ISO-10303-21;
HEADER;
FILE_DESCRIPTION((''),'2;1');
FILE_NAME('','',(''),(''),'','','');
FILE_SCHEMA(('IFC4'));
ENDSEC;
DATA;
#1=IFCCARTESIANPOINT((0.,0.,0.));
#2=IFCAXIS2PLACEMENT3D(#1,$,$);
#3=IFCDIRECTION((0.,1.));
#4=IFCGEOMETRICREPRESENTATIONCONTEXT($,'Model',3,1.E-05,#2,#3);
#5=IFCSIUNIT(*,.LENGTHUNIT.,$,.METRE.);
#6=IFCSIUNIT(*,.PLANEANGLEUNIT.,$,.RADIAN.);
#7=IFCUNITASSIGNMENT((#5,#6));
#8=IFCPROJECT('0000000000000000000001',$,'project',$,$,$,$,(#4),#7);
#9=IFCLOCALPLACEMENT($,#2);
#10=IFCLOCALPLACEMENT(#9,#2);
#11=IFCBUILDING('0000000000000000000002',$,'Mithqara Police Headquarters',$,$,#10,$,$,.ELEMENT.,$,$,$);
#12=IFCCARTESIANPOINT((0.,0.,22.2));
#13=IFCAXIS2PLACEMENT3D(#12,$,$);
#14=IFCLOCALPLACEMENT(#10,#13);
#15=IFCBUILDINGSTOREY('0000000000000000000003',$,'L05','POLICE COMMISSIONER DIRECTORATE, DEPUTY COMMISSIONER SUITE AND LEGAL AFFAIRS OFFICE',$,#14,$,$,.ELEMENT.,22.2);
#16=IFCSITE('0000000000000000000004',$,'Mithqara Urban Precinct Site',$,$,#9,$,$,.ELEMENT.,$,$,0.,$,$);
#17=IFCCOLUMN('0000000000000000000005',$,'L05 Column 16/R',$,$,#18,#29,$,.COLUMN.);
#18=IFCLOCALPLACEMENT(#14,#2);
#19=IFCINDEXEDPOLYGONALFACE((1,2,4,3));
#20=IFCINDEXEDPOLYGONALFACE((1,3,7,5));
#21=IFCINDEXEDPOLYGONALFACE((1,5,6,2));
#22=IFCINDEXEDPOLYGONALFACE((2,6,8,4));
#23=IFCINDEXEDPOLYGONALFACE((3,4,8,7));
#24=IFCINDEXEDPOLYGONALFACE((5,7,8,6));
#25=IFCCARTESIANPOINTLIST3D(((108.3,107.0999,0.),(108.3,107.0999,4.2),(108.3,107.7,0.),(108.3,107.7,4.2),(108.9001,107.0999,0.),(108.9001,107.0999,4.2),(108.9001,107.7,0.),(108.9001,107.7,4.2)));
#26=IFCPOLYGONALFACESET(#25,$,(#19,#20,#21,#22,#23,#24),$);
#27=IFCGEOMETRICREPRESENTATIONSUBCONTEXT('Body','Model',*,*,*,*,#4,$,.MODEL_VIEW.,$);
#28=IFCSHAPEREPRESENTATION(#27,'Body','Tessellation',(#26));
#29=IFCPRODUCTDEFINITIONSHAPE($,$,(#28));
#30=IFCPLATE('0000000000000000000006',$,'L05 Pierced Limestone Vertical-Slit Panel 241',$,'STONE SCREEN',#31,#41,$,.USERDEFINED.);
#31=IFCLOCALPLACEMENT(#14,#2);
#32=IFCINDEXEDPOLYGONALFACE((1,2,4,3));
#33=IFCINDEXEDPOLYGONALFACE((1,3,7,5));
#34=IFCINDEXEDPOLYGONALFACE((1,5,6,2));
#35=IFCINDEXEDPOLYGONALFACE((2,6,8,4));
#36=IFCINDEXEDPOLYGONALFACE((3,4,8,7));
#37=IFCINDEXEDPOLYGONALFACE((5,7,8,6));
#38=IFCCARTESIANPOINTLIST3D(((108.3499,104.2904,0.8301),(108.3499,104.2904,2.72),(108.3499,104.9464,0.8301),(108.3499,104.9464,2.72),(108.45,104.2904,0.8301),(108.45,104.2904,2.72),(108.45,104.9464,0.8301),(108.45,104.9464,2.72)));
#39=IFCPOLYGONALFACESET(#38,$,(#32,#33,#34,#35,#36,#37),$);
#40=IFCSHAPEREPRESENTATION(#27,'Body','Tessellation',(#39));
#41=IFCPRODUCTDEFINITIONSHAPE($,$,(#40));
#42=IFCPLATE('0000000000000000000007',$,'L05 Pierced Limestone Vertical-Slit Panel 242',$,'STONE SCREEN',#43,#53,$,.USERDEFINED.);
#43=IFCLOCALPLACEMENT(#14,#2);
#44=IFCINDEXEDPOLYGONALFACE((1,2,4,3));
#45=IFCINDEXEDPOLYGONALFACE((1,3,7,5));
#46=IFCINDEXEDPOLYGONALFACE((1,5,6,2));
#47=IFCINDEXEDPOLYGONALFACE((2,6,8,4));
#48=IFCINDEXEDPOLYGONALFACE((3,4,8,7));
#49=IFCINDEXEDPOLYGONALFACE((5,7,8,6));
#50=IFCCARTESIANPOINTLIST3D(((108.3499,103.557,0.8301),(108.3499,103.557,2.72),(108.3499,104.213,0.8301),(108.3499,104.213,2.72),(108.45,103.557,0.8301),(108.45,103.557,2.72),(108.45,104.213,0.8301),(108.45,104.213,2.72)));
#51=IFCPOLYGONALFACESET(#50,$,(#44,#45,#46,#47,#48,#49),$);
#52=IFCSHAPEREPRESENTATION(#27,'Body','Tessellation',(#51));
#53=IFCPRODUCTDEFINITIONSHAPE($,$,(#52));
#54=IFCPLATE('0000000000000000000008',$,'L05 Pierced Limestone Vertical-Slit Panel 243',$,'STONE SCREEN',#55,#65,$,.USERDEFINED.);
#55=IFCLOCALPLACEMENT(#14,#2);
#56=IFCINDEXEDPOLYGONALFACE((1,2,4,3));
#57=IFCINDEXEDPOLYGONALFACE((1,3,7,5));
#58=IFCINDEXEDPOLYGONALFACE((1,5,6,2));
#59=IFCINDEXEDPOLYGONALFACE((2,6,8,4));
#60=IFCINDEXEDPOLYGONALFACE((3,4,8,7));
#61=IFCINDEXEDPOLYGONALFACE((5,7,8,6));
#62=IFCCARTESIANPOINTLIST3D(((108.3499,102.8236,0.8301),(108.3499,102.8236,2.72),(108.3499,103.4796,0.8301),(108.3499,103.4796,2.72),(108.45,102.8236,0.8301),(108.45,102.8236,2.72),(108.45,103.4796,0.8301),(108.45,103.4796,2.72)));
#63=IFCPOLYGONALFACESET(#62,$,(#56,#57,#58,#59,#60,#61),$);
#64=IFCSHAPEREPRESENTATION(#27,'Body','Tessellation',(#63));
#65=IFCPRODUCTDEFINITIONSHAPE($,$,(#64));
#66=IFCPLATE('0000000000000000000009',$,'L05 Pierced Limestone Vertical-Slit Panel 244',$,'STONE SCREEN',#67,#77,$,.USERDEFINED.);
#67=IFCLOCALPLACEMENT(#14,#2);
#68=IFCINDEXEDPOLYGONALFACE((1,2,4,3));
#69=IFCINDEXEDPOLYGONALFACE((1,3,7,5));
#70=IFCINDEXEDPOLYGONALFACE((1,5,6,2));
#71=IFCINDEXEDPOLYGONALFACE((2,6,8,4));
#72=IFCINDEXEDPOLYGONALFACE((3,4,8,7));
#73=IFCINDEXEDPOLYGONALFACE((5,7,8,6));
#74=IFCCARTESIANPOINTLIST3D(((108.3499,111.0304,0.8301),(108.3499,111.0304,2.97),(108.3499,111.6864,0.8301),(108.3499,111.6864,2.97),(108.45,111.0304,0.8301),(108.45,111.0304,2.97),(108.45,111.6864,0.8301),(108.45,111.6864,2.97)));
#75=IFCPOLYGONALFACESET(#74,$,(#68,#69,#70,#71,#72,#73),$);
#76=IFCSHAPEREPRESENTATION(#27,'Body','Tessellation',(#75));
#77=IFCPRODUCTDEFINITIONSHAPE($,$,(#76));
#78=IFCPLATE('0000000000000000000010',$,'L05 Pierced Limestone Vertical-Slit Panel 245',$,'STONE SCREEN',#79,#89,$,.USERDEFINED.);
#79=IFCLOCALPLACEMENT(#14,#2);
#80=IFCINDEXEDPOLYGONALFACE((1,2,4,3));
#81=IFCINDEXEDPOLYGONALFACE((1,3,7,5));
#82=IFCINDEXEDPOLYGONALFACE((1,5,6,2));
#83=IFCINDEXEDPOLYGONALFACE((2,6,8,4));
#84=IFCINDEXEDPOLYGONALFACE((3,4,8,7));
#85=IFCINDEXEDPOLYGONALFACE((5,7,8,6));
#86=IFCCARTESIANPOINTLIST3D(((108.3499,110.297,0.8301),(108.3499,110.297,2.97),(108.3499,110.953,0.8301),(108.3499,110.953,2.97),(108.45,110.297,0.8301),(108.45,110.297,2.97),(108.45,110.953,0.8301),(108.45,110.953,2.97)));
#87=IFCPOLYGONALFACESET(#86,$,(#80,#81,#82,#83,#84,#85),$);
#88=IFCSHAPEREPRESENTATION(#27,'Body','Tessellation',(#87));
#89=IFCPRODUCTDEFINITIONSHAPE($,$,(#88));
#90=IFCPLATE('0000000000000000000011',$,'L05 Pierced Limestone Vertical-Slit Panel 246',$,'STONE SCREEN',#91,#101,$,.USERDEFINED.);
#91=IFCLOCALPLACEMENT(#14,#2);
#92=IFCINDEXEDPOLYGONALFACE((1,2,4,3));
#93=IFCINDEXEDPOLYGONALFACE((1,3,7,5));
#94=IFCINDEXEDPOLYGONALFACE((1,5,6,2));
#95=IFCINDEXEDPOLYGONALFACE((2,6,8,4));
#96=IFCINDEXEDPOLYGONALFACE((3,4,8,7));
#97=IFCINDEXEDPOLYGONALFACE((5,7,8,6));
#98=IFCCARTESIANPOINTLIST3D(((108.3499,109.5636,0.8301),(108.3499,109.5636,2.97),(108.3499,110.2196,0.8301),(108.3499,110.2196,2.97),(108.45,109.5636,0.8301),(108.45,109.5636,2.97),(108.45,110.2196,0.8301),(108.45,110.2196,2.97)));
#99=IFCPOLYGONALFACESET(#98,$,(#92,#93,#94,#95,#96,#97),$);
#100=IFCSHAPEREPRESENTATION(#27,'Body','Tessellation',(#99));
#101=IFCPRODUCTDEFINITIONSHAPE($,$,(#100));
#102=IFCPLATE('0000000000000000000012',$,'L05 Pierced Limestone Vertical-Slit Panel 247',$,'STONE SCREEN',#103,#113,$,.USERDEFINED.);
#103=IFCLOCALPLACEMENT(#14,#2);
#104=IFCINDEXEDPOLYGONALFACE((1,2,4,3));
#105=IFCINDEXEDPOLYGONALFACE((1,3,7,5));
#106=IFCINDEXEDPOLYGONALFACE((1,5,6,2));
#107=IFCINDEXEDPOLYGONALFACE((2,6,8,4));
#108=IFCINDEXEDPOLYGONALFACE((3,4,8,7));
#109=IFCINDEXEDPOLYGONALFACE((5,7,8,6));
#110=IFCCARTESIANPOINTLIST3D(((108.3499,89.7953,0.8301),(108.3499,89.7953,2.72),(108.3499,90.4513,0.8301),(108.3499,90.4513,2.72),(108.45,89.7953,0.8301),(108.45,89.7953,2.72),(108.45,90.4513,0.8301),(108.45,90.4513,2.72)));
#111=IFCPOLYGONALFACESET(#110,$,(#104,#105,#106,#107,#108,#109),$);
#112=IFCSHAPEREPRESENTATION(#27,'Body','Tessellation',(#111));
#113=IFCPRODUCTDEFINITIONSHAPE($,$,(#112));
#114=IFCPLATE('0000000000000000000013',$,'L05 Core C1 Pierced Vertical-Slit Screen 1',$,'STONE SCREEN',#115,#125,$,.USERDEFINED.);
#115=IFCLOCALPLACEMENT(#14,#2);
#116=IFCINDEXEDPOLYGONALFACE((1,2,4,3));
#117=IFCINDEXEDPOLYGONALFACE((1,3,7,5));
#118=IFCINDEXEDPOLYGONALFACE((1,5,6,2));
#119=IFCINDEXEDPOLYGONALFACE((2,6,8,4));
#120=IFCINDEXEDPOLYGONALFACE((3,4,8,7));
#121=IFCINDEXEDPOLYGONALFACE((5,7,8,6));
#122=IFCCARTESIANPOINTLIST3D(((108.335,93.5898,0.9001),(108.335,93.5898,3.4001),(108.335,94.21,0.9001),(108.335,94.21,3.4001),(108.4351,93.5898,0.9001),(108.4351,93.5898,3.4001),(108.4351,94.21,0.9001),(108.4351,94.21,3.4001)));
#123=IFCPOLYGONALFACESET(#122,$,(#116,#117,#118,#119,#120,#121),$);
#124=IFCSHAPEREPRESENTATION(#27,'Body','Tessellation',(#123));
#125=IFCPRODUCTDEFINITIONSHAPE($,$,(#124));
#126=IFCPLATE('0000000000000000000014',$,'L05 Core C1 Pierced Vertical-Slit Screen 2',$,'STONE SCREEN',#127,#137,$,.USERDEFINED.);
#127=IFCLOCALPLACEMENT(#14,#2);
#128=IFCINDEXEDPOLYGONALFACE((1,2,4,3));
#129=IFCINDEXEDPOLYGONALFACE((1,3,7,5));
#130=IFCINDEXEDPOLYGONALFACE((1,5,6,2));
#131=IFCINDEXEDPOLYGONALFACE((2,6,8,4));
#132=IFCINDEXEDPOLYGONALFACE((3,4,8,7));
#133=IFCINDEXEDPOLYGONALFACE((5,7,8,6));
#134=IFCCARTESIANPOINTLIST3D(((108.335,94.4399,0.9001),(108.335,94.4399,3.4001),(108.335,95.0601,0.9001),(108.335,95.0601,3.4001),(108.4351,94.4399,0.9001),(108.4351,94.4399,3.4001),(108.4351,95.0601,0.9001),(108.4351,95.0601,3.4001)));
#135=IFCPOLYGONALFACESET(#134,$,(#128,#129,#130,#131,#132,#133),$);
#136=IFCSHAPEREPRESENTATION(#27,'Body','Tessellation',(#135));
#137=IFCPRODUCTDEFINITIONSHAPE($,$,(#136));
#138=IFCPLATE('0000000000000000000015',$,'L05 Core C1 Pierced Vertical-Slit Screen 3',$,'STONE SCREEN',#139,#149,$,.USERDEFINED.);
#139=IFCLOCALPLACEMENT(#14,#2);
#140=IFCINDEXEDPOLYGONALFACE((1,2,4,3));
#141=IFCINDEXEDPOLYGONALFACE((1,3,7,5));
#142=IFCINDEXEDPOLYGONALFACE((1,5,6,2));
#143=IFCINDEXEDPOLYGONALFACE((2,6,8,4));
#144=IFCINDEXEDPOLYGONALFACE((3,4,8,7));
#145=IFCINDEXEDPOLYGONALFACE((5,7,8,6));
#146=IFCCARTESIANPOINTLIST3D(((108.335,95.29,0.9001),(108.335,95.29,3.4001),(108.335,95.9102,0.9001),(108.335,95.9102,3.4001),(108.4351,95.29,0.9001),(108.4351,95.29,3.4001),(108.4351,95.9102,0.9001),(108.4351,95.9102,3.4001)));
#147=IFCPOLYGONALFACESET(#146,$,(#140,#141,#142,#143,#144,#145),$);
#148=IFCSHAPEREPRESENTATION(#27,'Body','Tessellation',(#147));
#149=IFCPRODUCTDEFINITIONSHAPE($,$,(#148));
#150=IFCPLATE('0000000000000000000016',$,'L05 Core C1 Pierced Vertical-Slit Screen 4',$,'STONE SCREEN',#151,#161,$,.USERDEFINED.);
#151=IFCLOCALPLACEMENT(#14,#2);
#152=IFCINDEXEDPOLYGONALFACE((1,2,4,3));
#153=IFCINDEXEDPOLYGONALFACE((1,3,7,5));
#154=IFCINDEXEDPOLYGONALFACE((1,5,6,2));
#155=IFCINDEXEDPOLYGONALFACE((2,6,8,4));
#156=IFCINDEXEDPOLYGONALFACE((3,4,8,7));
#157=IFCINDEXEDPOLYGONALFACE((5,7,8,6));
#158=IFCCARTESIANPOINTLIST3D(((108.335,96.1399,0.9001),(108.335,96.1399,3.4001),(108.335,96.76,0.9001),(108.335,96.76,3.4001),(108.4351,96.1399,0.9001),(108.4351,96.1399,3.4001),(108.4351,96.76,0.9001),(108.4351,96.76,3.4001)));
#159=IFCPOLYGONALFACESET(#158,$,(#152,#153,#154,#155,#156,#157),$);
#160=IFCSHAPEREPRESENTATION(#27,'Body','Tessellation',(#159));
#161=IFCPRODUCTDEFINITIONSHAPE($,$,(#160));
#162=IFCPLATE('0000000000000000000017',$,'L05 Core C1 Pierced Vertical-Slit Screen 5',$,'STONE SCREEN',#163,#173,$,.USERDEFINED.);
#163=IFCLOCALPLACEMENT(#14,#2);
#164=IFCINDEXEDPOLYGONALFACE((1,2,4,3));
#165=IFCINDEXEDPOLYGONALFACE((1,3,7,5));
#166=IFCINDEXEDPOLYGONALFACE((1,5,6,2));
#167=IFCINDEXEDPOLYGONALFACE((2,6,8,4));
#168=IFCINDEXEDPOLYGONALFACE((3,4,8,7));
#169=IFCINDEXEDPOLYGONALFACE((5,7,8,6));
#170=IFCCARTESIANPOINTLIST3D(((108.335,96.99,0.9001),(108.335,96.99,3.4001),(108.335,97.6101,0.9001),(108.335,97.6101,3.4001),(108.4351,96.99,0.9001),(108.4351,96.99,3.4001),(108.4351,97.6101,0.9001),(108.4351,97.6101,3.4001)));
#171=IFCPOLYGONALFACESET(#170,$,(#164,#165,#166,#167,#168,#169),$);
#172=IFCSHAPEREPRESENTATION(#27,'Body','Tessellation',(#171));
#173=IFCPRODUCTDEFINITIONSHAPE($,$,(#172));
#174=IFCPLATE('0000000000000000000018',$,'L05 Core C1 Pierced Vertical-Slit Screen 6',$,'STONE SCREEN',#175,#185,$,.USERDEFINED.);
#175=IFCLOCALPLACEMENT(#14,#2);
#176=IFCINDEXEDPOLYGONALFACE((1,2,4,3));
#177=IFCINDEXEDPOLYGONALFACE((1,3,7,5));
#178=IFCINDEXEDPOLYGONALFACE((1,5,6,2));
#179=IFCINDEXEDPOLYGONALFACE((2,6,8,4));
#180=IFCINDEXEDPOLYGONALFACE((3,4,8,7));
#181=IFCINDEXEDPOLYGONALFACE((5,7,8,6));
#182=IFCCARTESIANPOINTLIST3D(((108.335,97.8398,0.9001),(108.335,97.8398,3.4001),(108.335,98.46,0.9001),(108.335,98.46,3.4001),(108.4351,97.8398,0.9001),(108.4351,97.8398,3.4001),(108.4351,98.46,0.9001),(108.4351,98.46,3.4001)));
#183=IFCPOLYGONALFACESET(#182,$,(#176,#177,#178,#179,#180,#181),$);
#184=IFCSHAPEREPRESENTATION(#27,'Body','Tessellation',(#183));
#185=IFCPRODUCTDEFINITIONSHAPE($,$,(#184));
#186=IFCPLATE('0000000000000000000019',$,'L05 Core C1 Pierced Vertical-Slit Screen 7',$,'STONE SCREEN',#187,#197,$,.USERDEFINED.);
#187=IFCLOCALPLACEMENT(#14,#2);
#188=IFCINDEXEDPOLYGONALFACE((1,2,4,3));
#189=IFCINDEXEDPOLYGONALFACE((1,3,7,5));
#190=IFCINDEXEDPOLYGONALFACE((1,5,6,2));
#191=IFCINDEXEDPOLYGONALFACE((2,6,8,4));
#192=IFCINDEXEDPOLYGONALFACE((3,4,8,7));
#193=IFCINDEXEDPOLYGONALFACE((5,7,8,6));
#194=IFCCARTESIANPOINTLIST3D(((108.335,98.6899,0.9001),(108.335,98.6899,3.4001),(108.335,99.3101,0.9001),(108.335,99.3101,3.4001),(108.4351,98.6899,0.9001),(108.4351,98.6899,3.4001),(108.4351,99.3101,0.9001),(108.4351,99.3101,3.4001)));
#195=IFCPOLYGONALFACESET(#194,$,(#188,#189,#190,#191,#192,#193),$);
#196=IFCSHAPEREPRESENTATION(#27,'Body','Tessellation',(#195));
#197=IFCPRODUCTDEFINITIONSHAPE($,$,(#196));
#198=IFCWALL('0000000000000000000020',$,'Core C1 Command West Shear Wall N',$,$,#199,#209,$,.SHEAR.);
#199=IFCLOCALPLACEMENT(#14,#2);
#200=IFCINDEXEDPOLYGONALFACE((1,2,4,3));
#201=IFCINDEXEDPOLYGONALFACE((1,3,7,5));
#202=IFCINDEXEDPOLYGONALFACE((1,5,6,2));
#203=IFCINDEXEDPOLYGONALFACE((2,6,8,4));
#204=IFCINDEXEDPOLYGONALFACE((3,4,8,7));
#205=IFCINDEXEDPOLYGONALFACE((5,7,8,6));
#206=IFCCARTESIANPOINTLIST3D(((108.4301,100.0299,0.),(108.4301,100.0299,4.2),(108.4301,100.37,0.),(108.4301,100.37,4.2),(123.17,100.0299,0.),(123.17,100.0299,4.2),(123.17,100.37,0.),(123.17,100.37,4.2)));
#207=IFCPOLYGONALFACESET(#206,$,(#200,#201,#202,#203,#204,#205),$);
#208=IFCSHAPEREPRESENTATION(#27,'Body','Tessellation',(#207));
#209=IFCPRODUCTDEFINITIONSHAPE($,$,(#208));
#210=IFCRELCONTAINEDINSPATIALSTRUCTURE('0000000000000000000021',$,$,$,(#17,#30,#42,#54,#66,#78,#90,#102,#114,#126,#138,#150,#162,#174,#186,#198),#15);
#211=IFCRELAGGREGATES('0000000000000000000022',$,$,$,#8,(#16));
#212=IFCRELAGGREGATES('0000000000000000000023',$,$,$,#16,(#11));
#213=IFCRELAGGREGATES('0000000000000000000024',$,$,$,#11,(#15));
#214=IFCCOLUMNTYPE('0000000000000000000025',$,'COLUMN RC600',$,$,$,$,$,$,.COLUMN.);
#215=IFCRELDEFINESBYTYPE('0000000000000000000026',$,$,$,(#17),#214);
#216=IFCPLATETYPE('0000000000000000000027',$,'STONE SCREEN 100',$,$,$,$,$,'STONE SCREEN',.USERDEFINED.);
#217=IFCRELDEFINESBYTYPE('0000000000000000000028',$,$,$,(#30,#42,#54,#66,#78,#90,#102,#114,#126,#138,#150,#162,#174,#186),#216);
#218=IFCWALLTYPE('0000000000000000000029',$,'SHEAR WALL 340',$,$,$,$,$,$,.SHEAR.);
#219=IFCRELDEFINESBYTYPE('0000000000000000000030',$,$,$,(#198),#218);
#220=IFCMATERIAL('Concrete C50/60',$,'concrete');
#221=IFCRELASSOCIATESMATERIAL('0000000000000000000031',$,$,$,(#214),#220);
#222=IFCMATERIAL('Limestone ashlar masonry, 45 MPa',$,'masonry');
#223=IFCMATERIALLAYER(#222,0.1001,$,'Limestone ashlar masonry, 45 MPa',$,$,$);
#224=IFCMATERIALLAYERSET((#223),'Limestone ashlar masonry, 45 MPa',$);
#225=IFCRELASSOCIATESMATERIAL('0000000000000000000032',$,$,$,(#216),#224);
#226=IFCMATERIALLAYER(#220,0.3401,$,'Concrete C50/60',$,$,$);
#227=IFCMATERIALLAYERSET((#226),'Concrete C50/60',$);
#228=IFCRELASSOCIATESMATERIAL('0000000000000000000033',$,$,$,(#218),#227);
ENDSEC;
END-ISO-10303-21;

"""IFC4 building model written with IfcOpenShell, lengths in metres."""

from ifc_helpers import new_model, si_unit, direction, frame, frame_2d, origin, origin_2d, place, context, subcontext, project, spatial, rectangle, extrude, material, layer, layer_set, material_profile, profile_set, type_object, element, save


model = new_model("IFC4")

# Units and contexts
model_context = context("Model", 3, precision=1e-05, world=origin(), true_north=direction((0.0, 1.0)))
body_context = subcontext(model_context, "Body", "Model", "MODEL_VIEW")
ifc_project = project(units=[si_unit("LENGTHUNIT", "METRE"), si_unit("PLANEANGLEUNIT", "RADIAN")], contexts=[model_context])

# Site, building, storey
site_placement = place(None, origin())
site = spatial("IfcSite", under=ifc_project, at=site_placement, Name="Mithqara Urban Precinct Site", CompositionType="ELEMENT", RefElevation=0.0)
building_placement = place(site_placement, origin())
building = spatial("IfcBuilding", under=site, at=building_placement, Name="Mithqara Police Headquarters", CompositionType="ELEMENT")
storey_placement = place(building_placement, frame((0.0, 0.0, 22.2)))
storey = spatial("IfcBuildingStorey", under=building, at=storey_placement, Name="L05", Description="POLICE COMMISSIONER DIRECTORATE, DEPUTY COMMISSIONER SUITE AND LEGAL AFFAIRS OFFICE", CompositionType="ELEMENT", Elevation=22.2)

# Column
ifc_material_1 = material(Name="Concrete C50/60", Category="concrete")
ifc_material_profile = material_profile(ifc_material_1, rectangle(XDim=0.6001, YDim=0.6001, at=origin_2d()), Name="RC 600x600")
ifc_profile_set = profile_set([ifc_material_profile], Name="Concrete C50/60")
column_type = type_object("IfcColumnType", Name="COLUMN RC600", PredefinedType="COLUMN", material=ifc_profile_set)
column_placement = place(storey_placement, frame((108.6001, 107.3999, 0.0), z_axis=(0.0, 0.0, 1.0), x_axis=(1.0, 0.0, 0.0)))
element("IfcColumn", 1, at=column_placement, inside=storey, type_object=column_type, Name="L05 Column 16/R", PredefinedType="COLUMN", context=body_context, shape_type="SweptSolid", body=[
    extrude(rectangle(XDim=0.6001, YDim=0.6001, at=origin_2d()), origin(), (0.0, 0.0, 1.0), 4.2),
])

# Plates
ifc_material_2 = material(Name="Limestone ashlar masonry, 45 MPa", Category="masonry")
ifc_layer_1 = layer(ifc_material_2, 0.1001, Name="Limestone ashlar masonry, 45 MPa")
ifc_layer_set_1 = layer_set([ifc_layer_1], Name="Limestone ashlar masonry, 45 MPa")
plate_type = type_object("IfcPlateType", Name="STONE SCREEN 100", ElementType="STONE SCREEN", PredefinedType="USERDEFINED", material=ifc_layer_set_1)
for number, where, z_axis, x_axis, name in (
    (2, (108.3999, 104.6184, 0.8301), (0.0, 0.0, 1.0), (0.0, 1.0, 0.0), "L05 Pierced Limestone Vertical-Slit Panel 241"),
    (3, (108.3999, 103.885, 0.8301), (0.0, 0.0, 1.0), (0.0, 1.0, 0.0), "L05 Pierced Limestone Vertical-Slit Panel 242"),
    (4, (108.3999, 103.1516, 0.8301), (0.0, 0.0, 1.0), (0.0, 1.0, 0.0), "L05 Pierced Limestone Vertical-Slit Panel 243"),
):
    element("IfcPlate", number, at=place(storey_placement, frame(where, z_axis=z_axis, x_axis=x_axis)), inside=storey, type_object=plate_type, Name=name, ObjectType="STONE SCREEN", PredefinedType="USERDEFINED", context=body_context, shape_type="SweptSolid", body=[
        extrude(rectangle(XDim=0.656, YDim=0.1001, at=origin_2d()), origin(), (0.0, 0.0, 1.0), 1.8899),
    ])
for number, where, z_axis, x_axis, name in (
    (5, (108.3999, 111.3584, 0.8301), (0.0, 0.0, 1.0), (0.0, 1.0, 0.0), "L05 Pierced Limestone Vertical-Slit Panel 244"),
    (6, (108.3999, 110.625, 0.8301), (0.0, 0.0, 1.0), (0.0, 1.0, 0.0), "L05 Pierced Limestone Vertical-Slit Panel 245"),
    (7, (108.3999, 109.8916, 0.8301), (0.0, 0.0, 1.0), (0.0, 1.0, 0.0), "L05 Pierced Limestone Vertical-Slit Panel 246"),
):
    element("IfcPlate", number, at=place(storey_placement, frame(where, z_axis=z_axis, x_axis=x_axis)), inside=storey, type_object=plate_type, Name=name, ObjectType="STONE SCREEN", PredefinedType="USERDEFINED", context=body_context, shape_type="SweptSolid", body=[
        extrude(rectangle(XDim=0.656, YDim=0.1001, at=origin_2d()), origin(), (0.0, 0.0, 1.0), 2.1399),
    ])
plate_placement = place(storey_placement, frame((108.3999, 90.1233, 0.8301), z_axis=(0.0, 0.0, 1.0), x_axis=(0.0, 1.0, 0.0)))
element("IfcPlate", 8, at=plate_placement, inside=storey, type_object=plate_type, Name="L05 Pierced Limestone Vertical-Slit Panel 247", ObjectType="STONE SCREEN", PredefinedType="USERDEFINED", context=body_context, shape_type="SweptSolid", body=[
    extrude(rectangle(XDim=0.656, YDim=0.1001, at=origin_2d()), origin(), (0.0, 0.0, 1.0), 1.8899),
])
for number, where, z_axis, x_axis, name in (
    (9, (108.385, 93.8999, 0.9001), (0.0, 0.0, 1.0), (0.0, 1.0, 0.0), "L05 Core C1 Pierced Vertical-Slit Screen 1"),
    (10, (108.385, 94.75, 0.9001), (0.0, 0.0, 1.0), (0.0, 1.0, 0.0), "L05 Core C1 Pierced Vertical-Slit Screen 2"),
    (11, (108.385, 95.6001, 0.9001), (0.0, 0.0, 1.0), (0.0, 1.0, 0.0), "L05 Core C1 Pierced Vertical-Slit Screen 3"),
    (12, (108.385, 96.45, 0.9001), (0.0, 0.0, 1.0), (0.0, 1.0, 0.0), "L05 Core C1 Pierced Vertical-Slit Screen 4"),
    (13, (108.385, 97.3, 0.9001), (0.0, 0.0, 1.0), (0.0, 1.0, 0.0), "L05 Core C1 Pierced Vertical-Slit Screen 5"),
    (14, (108.385, 98.1499, 0.9001), (0.0, 0.0, 1.0), (0.0, 1.0, 0.0), "L05 Core C1 Pierced Vertical-Slit Screen 6"),
    (15, (108.385, 99.0, 0.9001), (0.0, 0.0, 1.0), (0.0, 1.0, 0.0), "L05 Core C1 Pierced Vertical-Slit Screen 7"),
):
    element("IfcPlate", number, at=place(storey_placement, frame(where, z_axis=z_axis, x_axis=x_axis)), inside=storey, type_object=plate_type, Name=name, ObjectType="STONE SCREEN", PredefinedType="USERDEFINED", context=body_context, shape_type="SweptSolid", body=[
        extrude(rectangle(XDim=0.6201, YDim=0.1001, at=origin_2d()), origin(), (0.0, 0.0, 1.0), 2.5),
    ])

# Wall
ifc_layer_2 = layer(ifc_material_1, 0.3401, Name="Concrete C50/60")
ifc_layer_set_2 = layer_set([ifc_layer_2], Name="Concrete C50/60")
wall_type = type_object("IfcWallType", Name="SHEAR WALL 340", PredefinedType="SHEAR", material=ifc_layer_set_2)
wall_1_placement = place(storey_placement, frame((108.4299, 100.2, 0.0), z_axis=(0.0, 0.0, 1.0), x_axis=(1.0, 0.0, 0.0)))
element("IfcWall", 16, at=wall_1_placement, inside=storey, type_object=wall_type, Name="Core C1 Command West Shear Wall N", PredefinedType="SHEAR", context=body_context, shape_type="SweptSolid", body=[
    extrude(rectangle(XDim=14.74, YDim=0.3401, at=frame_2d((7.3701, 0.0))), origin(), (0.0, 0.0, 1.0), 4.2),
])

save(model, "model.ifc")
